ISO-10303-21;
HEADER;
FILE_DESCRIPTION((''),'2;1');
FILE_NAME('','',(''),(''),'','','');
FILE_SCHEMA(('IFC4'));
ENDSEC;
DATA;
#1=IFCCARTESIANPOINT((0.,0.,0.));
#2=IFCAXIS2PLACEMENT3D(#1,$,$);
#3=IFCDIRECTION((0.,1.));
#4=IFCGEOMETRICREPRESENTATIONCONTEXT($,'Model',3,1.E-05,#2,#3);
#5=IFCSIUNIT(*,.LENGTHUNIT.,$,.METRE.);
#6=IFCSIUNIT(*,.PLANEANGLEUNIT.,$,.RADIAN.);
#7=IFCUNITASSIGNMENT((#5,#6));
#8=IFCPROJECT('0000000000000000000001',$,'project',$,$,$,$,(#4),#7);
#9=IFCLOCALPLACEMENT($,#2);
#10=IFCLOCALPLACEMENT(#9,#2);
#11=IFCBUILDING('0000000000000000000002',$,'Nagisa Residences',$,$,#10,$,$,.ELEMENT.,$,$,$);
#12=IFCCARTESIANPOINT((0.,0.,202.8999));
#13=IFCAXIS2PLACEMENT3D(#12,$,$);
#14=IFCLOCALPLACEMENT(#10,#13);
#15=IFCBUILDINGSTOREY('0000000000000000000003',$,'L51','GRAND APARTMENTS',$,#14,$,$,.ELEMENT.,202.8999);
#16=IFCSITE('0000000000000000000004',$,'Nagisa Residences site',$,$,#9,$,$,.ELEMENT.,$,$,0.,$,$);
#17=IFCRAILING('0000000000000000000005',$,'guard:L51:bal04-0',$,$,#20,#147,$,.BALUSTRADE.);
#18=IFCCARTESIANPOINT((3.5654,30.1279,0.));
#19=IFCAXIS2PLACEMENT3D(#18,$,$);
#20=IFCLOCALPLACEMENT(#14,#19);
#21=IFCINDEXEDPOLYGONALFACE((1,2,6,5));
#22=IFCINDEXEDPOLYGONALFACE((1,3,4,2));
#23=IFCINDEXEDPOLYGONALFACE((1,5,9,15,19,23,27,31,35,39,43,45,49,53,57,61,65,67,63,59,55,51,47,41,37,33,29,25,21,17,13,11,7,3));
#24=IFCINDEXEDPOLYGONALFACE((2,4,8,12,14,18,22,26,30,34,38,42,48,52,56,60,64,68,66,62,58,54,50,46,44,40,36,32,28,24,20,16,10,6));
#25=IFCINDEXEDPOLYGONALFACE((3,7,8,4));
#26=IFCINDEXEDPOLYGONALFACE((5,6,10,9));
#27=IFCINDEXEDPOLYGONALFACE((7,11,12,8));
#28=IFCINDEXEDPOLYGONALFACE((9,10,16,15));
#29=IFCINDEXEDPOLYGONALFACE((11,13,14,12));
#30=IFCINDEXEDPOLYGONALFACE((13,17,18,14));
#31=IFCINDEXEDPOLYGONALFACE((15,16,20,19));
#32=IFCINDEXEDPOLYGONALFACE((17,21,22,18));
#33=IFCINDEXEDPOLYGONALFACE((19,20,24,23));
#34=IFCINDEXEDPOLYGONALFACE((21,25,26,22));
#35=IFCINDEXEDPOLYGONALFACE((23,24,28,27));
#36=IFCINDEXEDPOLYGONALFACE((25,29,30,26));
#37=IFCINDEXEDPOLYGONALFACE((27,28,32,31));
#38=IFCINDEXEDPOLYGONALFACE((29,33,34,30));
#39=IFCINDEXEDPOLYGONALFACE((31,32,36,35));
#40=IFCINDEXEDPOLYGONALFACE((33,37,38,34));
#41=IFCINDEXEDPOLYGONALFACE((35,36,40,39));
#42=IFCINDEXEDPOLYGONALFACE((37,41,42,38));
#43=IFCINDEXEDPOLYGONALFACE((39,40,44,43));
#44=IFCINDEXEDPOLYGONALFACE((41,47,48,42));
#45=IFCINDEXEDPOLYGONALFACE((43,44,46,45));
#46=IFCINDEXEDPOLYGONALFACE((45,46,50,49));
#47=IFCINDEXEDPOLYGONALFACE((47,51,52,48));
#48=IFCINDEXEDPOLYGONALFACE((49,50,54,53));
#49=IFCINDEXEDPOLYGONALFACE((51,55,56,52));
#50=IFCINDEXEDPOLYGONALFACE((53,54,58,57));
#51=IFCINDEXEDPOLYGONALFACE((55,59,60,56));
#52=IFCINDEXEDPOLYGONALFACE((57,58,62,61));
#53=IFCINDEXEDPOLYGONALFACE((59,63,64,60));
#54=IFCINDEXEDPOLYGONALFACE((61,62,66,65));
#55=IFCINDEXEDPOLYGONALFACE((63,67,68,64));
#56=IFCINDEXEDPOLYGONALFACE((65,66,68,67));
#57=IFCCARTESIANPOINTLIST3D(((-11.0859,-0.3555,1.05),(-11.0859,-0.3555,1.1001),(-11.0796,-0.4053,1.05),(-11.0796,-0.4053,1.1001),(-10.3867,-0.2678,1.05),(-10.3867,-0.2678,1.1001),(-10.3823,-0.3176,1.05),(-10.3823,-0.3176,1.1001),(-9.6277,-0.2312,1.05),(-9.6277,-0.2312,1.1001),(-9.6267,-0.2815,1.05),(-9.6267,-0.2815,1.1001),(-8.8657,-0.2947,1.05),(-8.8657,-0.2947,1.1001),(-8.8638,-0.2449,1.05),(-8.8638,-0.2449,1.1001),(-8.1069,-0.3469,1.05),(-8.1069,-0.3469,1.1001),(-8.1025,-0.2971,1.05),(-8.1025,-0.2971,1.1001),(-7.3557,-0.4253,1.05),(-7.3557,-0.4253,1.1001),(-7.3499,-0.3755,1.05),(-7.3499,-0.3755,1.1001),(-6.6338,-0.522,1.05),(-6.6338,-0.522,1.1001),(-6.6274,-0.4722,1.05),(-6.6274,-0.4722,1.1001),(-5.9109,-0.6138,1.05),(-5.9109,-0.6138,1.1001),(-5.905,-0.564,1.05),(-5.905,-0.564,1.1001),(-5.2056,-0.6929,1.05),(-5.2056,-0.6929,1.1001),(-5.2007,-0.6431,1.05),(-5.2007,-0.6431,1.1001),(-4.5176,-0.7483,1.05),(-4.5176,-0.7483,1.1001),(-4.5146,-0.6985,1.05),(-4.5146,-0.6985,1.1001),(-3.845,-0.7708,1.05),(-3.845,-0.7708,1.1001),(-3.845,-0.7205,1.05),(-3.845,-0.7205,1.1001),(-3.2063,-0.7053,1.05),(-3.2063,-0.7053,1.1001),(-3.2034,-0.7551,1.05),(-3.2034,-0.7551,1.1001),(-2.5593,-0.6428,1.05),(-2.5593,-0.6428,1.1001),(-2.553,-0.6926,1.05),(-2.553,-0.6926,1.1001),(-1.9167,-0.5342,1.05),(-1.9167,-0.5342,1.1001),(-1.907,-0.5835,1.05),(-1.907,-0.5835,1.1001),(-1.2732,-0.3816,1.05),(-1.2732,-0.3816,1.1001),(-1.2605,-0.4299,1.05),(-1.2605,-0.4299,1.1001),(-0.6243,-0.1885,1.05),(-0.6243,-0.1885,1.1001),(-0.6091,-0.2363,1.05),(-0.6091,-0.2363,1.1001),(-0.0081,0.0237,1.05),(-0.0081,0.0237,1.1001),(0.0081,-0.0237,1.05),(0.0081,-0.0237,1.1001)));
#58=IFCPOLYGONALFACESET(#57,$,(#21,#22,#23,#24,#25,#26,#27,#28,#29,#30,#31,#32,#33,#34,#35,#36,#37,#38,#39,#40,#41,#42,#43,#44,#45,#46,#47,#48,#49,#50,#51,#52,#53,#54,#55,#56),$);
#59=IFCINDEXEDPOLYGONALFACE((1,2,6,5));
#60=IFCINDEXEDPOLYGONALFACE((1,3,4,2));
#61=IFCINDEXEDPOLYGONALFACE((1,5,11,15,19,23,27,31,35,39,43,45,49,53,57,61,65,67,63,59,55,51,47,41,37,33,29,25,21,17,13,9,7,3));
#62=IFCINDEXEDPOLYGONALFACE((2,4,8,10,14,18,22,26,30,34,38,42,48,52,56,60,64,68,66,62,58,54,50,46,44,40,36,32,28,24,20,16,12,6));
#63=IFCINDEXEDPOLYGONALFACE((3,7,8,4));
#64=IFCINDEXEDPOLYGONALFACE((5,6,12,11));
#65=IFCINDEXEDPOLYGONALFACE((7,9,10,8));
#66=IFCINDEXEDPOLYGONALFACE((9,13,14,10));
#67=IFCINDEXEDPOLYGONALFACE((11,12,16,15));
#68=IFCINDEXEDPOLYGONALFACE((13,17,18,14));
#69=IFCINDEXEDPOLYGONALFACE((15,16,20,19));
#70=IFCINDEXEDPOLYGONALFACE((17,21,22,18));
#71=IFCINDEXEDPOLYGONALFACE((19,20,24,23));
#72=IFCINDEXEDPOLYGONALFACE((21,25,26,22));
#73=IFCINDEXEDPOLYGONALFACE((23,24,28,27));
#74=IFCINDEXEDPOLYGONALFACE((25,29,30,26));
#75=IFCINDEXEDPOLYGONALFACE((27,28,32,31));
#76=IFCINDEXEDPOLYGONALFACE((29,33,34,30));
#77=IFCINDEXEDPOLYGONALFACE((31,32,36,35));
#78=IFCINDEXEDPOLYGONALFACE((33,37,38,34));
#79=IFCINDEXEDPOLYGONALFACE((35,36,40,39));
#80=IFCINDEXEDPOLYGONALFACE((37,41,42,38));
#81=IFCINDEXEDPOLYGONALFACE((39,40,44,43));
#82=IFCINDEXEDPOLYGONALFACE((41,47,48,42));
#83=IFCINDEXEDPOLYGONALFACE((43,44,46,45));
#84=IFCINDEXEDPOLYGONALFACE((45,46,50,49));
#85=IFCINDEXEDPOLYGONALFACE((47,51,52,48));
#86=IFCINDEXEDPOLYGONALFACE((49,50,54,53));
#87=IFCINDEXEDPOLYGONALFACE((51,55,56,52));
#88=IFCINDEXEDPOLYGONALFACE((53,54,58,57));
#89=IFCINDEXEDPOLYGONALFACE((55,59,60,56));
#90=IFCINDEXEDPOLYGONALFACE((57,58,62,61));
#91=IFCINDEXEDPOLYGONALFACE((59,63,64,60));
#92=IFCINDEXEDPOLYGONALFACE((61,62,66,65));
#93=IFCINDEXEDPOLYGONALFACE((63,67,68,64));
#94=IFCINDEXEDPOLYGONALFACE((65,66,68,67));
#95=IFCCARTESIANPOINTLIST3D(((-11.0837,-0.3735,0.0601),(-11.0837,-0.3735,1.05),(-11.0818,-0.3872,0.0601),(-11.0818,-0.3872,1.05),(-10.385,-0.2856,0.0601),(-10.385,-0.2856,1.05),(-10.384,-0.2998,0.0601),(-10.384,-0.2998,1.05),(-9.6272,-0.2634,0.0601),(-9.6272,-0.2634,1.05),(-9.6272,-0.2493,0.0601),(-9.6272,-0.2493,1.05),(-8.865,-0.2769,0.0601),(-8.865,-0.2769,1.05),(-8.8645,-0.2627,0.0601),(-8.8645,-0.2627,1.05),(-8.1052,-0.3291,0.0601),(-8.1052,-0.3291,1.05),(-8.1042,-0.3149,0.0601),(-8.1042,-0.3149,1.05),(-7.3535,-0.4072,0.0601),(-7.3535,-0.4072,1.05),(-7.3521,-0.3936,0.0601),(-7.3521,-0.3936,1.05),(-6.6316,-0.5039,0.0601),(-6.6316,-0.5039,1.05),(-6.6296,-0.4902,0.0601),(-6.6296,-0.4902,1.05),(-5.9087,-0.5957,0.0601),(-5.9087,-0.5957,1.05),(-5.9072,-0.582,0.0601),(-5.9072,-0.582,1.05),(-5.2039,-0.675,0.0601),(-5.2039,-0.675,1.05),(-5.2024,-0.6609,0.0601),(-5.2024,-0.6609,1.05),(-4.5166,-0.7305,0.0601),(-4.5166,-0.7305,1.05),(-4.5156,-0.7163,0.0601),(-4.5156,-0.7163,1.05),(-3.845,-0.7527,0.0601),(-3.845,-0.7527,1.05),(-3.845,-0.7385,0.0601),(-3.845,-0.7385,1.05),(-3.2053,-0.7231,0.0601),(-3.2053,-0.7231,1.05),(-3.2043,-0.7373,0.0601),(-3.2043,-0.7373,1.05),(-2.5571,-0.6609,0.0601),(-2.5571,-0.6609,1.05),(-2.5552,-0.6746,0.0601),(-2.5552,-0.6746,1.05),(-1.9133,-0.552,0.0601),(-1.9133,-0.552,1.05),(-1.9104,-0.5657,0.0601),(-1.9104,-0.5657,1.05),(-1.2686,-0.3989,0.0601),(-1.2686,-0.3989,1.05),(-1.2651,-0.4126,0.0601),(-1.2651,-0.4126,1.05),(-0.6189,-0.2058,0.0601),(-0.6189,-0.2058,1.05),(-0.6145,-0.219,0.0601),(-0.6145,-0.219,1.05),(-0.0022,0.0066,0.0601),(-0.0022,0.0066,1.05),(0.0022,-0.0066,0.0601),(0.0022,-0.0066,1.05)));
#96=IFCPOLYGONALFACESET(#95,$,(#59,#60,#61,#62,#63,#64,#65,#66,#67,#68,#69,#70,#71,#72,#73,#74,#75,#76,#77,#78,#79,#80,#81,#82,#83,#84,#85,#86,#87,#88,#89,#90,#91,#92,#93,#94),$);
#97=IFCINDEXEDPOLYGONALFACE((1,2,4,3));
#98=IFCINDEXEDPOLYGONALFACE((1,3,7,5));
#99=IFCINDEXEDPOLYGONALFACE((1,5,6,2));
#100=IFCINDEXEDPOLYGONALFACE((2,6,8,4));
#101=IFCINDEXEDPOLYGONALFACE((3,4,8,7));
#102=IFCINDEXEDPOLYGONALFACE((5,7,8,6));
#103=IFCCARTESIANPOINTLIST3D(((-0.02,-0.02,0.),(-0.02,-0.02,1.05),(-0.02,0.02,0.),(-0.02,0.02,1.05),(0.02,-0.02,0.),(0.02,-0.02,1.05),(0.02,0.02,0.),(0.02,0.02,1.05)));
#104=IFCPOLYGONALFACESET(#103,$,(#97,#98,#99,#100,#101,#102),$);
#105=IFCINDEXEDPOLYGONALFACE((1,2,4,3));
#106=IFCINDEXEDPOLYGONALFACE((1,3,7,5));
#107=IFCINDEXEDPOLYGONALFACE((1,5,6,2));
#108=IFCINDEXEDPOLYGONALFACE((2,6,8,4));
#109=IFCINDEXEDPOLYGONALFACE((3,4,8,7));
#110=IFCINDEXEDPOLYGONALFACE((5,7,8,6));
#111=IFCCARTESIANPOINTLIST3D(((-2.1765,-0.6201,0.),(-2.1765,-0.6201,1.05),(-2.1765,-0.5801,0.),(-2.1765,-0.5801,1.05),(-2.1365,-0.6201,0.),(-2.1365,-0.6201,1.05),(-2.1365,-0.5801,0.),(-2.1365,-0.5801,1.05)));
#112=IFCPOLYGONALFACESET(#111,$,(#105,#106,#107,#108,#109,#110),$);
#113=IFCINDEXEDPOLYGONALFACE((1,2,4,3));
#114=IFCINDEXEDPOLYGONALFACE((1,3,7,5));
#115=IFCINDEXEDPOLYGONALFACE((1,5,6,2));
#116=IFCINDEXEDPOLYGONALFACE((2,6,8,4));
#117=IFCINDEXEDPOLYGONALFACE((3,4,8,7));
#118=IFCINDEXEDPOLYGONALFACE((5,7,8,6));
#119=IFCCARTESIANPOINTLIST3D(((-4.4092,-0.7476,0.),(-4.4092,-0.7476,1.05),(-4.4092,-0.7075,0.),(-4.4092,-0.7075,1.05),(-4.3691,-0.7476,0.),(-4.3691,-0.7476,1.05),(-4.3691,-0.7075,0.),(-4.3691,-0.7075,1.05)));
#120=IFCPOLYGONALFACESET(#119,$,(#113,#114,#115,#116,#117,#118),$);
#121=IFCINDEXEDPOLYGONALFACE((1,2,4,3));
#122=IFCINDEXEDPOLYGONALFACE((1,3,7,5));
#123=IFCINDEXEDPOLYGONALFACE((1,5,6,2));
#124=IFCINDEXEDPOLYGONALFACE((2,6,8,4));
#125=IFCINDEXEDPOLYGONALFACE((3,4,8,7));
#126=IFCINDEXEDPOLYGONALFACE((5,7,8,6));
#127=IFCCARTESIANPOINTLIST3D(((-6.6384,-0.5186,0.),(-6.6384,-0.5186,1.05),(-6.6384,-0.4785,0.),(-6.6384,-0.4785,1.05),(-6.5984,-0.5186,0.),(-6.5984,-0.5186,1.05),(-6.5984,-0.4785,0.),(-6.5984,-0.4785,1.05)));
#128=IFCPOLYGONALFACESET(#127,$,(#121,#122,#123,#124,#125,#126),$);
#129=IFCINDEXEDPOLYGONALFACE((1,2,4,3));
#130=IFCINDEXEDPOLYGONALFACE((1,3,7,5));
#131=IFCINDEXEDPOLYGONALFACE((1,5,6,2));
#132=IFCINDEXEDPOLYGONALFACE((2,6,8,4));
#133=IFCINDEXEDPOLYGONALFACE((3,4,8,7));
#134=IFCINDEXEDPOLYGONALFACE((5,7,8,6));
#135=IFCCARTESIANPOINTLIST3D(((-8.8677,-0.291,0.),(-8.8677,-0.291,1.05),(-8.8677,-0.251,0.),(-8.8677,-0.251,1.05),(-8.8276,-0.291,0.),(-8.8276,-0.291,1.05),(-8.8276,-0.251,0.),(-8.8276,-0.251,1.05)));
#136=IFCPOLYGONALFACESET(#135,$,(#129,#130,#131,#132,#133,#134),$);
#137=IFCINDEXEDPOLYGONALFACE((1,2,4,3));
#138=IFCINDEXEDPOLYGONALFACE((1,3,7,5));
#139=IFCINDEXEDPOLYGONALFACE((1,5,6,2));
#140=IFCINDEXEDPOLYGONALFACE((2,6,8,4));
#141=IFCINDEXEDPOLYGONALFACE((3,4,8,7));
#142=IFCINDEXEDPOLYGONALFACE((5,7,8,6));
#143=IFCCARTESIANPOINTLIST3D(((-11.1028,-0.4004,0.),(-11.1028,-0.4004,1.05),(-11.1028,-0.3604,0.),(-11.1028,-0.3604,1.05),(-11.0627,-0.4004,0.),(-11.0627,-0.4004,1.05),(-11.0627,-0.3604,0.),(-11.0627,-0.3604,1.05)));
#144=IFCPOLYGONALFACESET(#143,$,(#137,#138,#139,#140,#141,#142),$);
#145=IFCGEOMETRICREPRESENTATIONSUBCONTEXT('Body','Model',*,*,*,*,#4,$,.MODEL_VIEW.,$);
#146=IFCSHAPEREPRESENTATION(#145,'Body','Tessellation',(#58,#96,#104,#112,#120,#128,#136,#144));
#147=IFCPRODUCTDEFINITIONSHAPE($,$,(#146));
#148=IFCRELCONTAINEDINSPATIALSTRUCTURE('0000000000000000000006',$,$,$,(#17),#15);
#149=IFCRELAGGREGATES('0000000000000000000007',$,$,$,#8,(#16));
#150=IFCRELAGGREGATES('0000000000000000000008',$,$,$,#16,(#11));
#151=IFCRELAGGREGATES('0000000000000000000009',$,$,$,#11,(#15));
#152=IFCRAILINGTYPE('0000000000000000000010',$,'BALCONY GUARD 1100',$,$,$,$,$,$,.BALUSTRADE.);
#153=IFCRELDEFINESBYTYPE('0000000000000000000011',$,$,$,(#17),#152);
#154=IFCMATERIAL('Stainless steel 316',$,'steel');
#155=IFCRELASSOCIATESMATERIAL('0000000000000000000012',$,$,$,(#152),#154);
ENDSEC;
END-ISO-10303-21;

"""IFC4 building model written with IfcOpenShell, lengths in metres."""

from ifc_helpers import new_model, si_unit, direction, frame, origin, origin_2d, place, context, subcontext, project, spatial, polyline, rectangle, outline, extrude, material, type_object, element, save


model = new_model("IFC4")

# Units and contexts
model_context = context("Model", 3, precision=1e-05, world=origin(), true_north=direction((0.0, 1.0)))
body_context = subcontext(model_context, "Body", "Model", "MODEL_VIEW")
ifc_project = project(units=[si_unit("LENGTHUNIT", "METRE"), si_unit("PLANEANGLEUNIT", "RADIAN")], contexts=[model_context])

# Site, building, storey
site_placement = place(None, origin())
site = spatial("IfcSite", under=ifc_project, at=site_placement, Name="Nagisa Residences site", CompositionType="ELEMENT", RefElevation=0.0)
building_placement = place(site_placement, origin())
building = spatial("IfcBuilding", under=site, at=building_placement, Name="Nagisa Residences", CompositionType="ELEMENT")
storey_placement = place(building_placement, frame((0.0, 0.0, 202.8999)))
storey = spatial("IfcBuildingStorey", under=building, at=storey_placement, Name="L51", Description="GRAND APARTMENTS", CompositionType="ELEMENT", Elevation=202.8999)

# Railing
ifc_material_1 = material(Name="Stainless steel 316", Category="steel")
railing_type = type_object("IfcRailingType", Name="BALCONY GUARD 1100", PredefinedType="BALUSTRADE", material=ifc_material_1)
railing_placement = place(storey_placement, frame((3.5654, 30.1279, 0.0)))
element("IfcRailing", 1, at=railing_placement, inside=storey, type_object=railing_type, Name="guard:L51:bal04-0", PredefinedType="BALUSTRADE", context=body_context, shape_type="SweptSolid", body=[
    extrude(outline(polyline([(-0.6091, -0.2363), (0.0081, -0.0237), (-0.0081, 0.0237), (-0.6243, -0.1885), (-1.2732, -0.3816), (-1.9167, -0.5342), (-2.5593, -0.6428), (-3.2063, -0.7053), (-3.845, -0.7205), (-4.5146, -0.6985), (-5.2007, -0.6431), (-5.905, -0.564), (-6.6274, -0.4722), (-7.3499, -0.3755), (-8.1025, -0.2971), (-8.8638, -0.2449), (-9.6277, -0.2312), (-10.3867, -0.2678), (-11.0859, -0.3555), (-11.0796, -0.4053), (-10.3823, -0.3176), (-9.6267, -0.2815), (-8.8657, -0.2947), (-8.1069, -0.3469), (-7.3557, -0.4253), (-6.6338, -0.522), (-5.9109, -0.6138), (-5.2056, -0.6929), (-4.5176, -0.7483), (-3.845, -0.7708), (-3.2034, -0.7551), (-2.553, -0.6926), (-1.907, -0.5835), (-1.2605, -0.4299), (-0.6091, -0.2363)])), frame((0.0, 0.0, 1.05)), (0.0, 0.0, 1.0), 0.05),
    extrude(outline(polyline([(-0.6145, -0.219), (0.0022, -0.0066), (-0.0022, 0.0066), (-0.6189, -0.2058), (-1.2686, -0.3989), (-1.9133, -0.552), (-2.5571, -0.6609), (-3.2053, -0.7231), (-3.845, -0.7385), (-4.5156, -0.7163), (-5.2024, -0.6609), (-5.9072, -0.582), (-6.6296, -0.4902), (-7.3521, -0.3936), (-8.1042, -0.3149), (-8.8645, -0.2627), (-9.6272, -0.2493), (-10.385, -0.2856), (-11.0837, -0.3735), (-11.0818, -0.3872), (-10.384, -0.2998), (-9.6272, -0.2634), (-8.865, -0.2769), (-8.1052, -0.3291), (-7.3535, -0.4072), (-6.6316, -0.5039), (-5.9087, -0.5957), (-5.2039, -0.675), (-4.5166, -0.7305), (-3.845, -0.7527), (-3.2043, -0.7373), (-2.5552, -0.6746), (-1.9104, -0.5657), (-1.2651, -0.4126), (-0.6145, -0.219)])), frame((0.0, 0.0, 0.0601)), (0.0, 0.0, 1.0), 0.99),
    extrude(rectangle(XDim=0.04, YDim=0.04, at=origin_2d()), origin(), (0.0, 0.0, 1.0), 1.05),
    extrude(rectangle(XDim=0.04, YDim=0.04, at=origin_2d()), frame((-2.1565, -0.6001, 0.0)), (0.0, 0.0, 1.0), 1.05),
    extrude(rectangle(XDim=0.04, YDim=0.04, at=origin_2d()), frame((-4.3892, -0.7275, 0.0)), (0.0, 0.0, 1.0), 1.05),
    extrude(rectangle(XDim=0.04, YDim=0.04, at=origin_2d()), frame((-6.6184, -0.4985, 0.0)), (0.0, 0.0, 1.0), 1.05),
    extrude(rectangle(XDim=0.04, YDim=0.04, at=origin_2d()), frame((-8.8477, -0.271, 0.0)), (0.0, 0.0, 1.0), 1.05),
    extrude(rectangle(XDim=0.04, YDim=0.04, at=origin_2d()), frame((-11.0828, -0.3804, 0.0)), (0.0, 0.0, 1.0), 1.05),
])

save(model, "model.ifc")
